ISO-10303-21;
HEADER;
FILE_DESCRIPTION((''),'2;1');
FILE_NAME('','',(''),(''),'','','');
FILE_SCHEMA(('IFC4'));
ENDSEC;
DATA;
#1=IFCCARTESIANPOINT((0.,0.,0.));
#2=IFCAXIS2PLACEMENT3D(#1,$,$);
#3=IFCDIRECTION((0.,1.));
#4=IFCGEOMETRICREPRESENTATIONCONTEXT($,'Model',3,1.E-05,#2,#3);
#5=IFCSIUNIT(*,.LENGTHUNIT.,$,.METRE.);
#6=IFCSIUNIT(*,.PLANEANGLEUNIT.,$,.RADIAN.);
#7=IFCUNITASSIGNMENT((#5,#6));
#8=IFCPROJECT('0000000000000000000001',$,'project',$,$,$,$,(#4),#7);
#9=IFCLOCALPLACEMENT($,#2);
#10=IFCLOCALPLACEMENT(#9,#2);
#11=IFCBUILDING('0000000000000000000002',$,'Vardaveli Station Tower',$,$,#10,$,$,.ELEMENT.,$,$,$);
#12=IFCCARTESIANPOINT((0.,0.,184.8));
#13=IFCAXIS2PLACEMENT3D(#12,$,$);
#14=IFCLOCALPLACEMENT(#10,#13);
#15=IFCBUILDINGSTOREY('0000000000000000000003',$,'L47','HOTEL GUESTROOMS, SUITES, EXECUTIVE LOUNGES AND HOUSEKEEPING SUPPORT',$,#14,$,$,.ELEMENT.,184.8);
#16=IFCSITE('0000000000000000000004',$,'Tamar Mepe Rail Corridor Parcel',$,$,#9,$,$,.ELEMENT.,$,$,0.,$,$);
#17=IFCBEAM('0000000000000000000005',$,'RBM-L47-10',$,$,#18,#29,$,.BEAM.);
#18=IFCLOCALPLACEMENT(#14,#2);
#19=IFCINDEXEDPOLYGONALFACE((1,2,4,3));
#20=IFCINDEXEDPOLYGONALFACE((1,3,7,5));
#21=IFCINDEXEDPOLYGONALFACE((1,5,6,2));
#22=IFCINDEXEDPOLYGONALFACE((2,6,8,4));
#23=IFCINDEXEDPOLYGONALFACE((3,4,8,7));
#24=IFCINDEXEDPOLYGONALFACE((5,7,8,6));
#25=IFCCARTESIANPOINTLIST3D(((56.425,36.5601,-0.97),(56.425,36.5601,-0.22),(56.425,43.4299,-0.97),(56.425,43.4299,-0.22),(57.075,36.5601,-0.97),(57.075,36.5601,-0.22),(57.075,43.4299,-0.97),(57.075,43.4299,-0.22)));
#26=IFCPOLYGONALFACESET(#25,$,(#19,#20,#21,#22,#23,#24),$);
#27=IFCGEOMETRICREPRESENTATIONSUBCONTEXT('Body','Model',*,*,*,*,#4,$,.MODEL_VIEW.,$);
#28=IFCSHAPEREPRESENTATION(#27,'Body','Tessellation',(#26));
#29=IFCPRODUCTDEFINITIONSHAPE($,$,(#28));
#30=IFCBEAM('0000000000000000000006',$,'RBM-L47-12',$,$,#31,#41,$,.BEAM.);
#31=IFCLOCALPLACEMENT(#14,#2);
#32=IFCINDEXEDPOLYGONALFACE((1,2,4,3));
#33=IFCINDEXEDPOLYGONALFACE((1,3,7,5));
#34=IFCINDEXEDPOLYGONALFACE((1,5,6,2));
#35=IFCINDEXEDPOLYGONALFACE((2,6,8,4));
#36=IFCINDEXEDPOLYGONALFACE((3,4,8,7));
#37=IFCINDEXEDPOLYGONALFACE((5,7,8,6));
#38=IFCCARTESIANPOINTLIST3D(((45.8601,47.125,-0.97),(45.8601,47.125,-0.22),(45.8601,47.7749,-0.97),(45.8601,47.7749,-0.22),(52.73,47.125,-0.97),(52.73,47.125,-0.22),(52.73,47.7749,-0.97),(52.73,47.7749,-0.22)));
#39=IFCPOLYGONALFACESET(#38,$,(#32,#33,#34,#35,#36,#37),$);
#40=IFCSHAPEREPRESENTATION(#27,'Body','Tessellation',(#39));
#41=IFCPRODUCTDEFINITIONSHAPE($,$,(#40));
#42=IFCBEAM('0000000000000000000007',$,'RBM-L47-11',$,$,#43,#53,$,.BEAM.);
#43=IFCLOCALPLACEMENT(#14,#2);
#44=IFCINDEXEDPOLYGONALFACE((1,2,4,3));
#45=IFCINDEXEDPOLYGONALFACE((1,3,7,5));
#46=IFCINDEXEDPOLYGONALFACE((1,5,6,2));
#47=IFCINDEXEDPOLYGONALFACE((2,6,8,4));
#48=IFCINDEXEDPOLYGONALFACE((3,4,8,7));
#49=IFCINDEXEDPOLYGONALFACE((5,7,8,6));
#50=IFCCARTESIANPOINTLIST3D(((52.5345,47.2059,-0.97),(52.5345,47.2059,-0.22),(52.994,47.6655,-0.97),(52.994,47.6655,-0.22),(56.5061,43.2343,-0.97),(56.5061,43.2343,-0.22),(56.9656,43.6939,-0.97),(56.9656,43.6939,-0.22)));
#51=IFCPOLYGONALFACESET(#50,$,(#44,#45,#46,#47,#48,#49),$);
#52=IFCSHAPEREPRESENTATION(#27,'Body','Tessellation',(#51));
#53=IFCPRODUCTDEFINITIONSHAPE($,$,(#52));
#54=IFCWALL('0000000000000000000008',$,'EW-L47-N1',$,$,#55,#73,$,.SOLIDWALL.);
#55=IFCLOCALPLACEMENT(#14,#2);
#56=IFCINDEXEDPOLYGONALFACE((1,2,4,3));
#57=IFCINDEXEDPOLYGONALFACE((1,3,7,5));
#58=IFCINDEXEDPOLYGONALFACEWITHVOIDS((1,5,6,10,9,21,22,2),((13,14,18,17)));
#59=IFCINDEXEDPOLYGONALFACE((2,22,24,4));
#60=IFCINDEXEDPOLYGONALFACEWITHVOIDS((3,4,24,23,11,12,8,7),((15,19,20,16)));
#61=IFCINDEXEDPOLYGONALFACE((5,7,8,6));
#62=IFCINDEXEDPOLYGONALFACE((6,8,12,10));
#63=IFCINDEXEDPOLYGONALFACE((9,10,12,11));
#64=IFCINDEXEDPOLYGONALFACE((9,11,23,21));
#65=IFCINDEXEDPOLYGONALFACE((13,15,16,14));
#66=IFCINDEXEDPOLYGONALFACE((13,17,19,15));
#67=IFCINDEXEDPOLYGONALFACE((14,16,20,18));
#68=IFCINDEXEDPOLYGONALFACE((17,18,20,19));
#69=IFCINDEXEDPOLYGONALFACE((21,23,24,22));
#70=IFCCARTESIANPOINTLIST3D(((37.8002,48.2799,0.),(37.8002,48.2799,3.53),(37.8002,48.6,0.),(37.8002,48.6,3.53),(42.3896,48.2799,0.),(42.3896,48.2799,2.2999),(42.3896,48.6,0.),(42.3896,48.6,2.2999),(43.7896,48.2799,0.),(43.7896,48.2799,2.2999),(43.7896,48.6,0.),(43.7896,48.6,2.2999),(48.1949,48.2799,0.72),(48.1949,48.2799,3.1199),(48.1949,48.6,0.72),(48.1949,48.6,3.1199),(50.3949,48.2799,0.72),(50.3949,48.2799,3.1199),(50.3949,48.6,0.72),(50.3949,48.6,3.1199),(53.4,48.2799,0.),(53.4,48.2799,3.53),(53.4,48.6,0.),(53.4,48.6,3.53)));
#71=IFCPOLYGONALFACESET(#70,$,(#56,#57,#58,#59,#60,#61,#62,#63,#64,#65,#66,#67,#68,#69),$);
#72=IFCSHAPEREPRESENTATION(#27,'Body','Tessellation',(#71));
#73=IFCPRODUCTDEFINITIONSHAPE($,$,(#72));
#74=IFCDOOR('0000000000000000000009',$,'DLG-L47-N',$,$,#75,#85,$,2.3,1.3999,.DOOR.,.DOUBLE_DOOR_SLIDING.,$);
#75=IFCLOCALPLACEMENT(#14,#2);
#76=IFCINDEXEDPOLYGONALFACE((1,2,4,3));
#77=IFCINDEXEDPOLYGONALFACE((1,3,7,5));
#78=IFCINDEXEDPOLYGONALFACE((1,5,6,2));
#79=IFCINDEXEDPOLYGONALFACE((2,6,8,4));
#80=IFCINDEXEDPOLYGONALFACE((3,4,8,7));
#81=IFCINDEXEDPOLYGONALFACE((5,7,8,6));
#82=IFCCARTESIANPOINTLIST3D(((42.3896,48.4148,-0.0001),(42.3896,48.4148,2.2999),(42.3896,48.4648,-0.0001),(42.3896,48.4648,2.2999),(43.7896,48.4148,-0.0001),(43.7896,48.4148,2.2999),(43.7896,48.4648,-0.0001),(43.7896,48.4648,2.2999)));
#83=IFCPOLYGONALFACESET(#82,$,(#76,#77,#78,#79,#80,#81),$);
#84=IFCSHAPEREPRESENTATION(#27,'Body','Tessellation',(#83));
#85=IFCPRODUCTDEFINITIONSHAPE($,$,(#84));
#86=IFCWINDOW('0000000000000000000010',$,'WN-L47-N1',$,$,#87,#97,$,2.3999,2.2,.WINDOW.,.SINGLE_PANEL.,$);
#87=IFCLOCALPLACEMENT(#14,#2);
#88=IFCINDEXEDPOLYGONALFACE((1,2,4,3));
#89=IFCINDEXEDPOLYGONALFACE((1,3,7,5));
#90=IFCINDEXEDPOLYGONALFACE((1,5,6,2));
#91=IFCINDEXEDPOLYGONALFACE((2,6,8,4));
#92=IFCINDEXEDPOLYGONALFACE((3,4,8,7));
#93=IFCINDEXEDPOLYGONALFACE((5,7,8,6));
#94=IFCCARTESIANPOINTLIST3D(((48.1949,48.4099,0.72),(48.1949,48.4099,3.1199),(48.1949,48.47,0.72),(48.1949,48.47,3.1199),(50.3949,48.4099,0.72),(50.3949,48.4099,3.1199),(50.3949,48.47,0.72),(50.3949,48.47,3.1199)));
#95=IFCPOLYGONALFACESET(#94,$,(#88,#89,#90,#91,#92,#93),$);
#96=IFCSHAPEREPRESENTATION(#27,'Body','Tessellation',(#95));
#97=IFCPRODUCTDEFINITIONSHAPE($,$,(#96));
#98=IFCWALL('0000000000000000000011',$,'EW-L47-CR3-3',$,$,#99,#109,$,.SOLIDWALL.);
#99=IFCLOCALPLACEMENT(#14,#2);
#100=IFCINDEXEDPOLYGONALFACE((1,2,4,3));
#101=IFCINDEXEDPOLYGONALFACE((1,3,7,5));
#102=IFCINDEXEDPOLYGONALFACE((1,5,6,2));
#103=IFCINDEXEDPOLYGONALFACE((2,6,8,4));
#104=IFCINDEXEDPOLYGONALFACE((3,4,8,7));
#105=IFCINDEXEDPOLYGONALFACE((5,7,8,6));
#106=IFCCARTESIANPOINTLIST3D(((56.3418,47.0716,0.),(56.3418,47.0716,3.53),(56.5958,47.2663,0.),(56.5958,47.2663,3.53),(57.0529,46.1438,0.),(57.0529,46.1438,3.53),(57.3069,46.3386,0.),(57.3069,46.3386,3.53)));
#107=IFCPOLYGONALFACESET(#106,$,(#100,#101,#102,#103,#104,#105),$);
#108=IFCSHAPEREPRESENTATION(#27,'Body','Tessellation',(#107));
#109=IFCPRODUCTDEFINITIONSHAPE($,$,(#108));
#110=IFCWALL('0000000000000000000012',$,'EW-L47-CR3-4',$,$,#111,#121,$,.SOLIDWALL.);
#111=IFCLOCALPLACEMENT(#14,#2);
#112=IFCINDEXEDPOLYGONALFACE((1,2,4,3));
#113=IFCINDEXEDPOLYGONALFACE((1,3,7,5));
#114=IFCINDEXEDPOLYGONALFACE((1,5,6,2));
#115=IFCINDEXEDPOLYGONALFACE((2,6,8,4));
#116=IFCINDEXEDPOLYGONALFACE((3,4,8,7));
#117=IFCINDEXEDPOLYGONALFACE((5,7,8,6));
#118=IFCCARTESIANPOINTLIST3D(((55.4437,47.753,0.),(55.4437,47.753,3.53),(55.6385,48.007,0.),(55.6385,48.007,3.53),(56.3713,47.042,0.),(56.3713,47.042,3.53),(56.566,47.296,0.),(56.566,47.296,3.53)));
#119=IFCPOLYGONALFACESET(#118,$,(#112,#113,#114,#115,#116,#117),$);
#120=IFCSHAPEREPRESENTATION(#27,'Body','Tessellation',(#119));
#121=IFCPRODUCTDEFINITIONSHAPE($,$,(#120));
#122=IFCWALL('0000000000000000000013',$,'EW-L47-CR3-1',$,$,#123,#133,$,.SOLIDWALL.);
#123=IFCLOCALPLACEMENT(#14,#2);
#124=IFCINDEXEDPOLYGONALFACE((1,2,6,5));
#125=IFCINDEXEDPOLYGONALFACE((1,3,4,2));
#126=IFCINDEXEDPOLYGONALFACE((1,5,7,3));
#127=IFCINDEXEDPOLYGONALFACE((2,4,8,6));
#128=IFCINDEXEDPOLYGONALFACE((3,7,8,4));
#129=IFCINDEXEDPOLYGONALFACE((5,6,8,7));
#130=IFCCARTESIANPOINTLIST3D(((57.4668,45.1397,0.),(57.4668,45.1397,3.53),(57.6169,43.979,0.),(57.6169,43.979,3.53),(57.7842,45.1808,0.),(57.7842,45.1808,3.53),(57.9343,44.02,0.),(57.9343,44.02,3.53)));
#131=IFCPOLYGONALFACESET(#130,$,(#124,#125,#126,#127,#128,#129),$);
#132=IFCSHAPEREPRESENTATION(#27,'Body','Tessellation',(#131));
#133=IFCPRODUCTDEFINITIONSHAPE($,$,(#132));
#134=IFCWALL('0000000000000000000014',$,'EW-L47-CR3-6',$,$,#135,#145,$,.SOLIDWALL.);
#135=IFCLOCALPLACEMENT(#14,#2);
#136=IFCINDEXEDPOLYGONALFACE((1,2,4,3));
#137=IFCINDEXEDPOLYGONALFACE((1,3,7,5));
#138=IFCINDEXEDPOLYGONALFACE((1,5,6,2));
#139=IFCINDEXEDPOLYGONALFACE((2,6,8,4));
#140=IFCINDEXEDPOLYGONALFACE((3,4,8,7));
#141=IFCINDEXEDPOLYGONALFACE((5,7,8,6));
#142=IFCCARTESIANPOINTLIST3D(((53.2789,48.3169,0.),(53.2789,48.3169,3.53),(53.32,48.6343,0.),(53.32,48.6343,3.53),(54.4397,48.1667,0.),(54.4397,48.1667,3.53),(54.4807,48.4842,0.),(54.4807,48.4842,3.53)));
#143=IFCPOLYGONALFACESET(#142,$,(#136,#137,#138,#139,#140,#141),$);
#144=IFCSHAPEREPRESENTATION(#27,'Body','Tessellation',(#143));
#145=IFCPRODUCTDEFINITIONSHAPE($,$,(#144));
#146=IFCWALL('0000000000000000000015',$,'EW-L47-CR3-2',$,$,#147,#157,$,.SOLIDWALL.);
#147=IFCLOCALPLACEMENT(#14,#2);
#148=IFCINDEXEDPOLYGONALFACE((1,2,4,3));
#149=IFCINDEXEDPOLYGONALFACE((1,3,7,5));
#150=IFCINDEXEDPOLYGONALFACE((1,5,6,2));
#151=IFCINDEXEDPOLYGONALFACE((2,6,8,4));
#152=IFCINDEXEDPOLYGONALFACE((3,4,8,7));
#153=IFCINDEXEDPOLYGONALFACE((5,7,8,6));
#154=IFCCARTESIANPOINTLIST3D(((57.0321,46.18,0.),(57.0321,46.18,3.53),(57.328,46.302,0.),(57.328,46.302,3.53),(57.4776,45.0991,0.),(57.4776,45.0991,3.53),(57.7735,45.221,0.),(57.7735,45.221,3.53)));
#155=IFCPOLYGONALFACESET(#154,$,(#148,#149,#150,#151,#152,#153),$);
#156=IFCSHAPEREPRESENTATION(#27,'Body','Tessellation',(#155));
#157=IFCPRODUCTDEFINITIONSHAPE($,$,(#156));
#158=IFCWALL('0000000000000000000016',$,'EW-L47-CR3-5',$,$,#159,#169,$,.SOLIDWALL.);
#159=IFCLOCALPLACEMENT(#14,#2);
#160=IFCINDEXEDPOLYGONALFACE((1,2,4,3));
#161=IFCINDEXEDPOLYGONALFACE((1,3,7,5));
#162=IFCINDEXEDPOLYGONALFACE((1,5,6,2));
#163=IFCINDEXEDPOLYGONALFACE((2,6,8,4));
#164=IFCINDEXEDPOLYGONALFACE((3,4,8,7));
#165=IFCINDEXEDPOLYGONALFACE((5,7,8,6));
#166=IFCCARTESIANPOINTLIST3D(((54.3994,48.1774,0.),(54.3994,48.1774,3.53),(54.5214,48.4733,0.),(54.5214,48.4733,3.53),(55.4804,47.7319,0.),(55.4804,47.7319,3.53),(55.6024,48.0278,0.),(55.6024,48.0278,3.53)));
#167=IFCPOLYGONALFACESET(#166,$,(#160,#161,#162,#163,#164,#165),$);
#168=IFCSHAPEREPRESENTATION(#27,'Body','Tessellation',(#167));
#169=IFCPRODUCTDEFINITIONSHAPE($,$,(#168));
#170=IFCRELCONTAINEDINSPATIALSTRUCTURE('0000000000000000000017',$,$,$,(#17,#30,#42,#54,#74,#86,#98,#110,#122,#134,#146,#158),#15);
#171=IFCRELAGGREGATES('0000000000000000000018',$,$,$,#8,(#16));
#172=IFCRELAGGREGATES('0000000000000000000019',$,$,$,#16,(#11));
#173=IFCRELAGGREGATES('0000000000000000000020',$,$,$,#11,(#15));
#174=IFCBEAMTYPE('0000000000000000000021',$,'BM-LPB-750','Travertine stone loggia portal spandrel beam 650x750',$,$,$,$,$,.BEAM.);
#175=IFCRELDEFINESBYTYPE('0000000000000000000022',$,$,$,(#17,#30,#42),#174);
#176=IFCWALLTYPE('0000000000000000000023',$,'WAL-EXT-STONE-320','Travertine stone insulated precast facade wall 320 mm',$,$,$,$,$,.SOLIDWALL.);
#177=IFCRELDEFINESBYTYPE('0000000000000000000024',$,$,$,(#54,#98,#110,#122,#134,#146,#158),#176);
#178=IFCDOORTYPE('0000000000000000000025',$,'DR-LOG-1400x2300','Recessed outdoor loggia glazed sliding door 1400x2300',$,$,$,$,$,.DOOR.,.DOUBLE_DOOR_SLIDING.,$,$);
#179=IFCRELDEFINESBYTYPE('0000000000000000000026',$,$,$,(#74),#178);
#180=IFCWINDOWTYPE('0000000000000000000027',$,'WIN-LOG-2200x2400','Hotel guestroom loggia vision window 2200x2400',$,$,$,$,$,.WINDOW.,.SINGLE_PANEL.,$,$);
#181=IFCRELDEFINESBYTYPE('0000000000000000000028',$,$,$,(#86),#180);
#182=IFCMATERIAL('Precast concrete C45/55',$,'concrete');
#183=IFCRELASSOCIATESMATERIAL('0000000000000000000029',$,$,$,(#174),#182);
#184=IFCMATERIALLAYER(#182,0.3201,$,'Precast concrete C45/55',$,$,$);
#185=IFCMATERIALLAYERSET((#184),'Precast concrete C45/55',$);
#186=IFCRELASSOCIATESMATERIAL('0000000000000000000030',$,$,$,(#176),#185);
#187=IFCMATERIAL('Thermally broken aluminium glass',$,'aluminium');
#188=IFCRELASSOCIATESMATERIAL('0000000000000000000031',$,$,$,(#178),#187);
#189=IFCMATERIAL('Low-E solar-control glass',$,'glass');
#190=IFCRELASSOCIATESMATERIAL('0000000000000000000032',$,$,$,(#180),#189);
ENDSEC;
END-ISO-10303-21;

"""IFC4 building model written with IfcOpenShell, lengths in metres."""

from ifc_helpers import new_model, si_unit, direction, frame, frame_2d, origin, origin_2d, place, context, subcontext, project, spatial, rectangle, extrude, source, transform, mapped, material, layer, layer_set, material_profile, profile_set, type_object, element, fill, save


model = new_model("IFC4")

# Units and contexts
model_context = context("Model", 3, precision=1e-05, world=origin(), true_north=direction((0.0, 1.0)))
body_context = subcontext(model_context, "Body", "Model", "MODEL_VIEW")
ifc_project = project(units=[si_unit("LENGTHUNIT", "METRE"), si_unit("PLANEANGLEUNIT", "RADIAN")], contexts=[model_context])

# Site, building, storey
site_placement = place(None, origin())
site = spatial("IfcSite", under=ifc_project, at=site_placement, Name="Tamar Mepe Rail Corridor Parcel", CompositionType="ELEMENT", RefElevation=0.0)
building_placement = place(site_placement, origin())
building = spatial("IfcBuilding", under=site, at=building_placement, Name="Vardaveli Station Tower", CompositionType="ELEMENT")
storey_placement = place(building_placement, frame((0.0, 0.0, 184.8)))
storey = spatial("IfcBuildingStorey", under=building, at=storey_placement, Name="L47", Description="HOTEL GUESTROOMS, SUITES, EXECUTIVE LOUNGES AND HOUSEKEEPING SUPPORT", CompositionType="ELEMENT", Elevation=184.8)

# Beams
ifc_material_1 = material(Name="Precast concrete C45/55", Category="concrete")
ifc_material_profile_1 = material_profile(ifc_material_1, rectangle(XDim=0.6499, YDim=0.75, at=origin_2d()), Name="LPB 650x750")
ifc_profile_set_1 = profile_set([ifc_material_profile_1], Name="Precast concrete C45/55")
beam_type = type_object("IfcBeamType", Name="BM-LPB-750", Description="Travertine stone loggia portal spandrel beam 650x750", PredefinedType="BEAM", material=ifc_profile_set_1)
shared_shape_1 = source(origin(), body_context, "Body", "SweptSolid", [
    extrude(rectangle(XDim=0.6499, YDim=0.75, at=origin_2d()), origin(), (0.0, 0.0, 1.0), 6.8699),
])
for number, where, z_axis, x_axis, name in (
    (1, (56.75, 36.5601, -0.595), (0.0, 1.0, 0.0), (-1.0, 0.0, 0.0), "RBM-L47-10"),
    (2, (52.73, 47.45, -0.595), (-1.0, 0.0, 0.0), (0.0, -1.0, 0.0), "RBM-L47-12"),
):
    element("IfcBeam", number, at=place(storey_placement, frame(where, z_axis=z_axis, x_axis=x_axis)), inside=storey, type_object=beam_type, Name=name, PredefinedType="BEAM", context=body_context, shape_type="MappedRepresentation", body=[
        mapped(shared_shape_1, transform((0.0, 0.0, 0.0), scale=1.0)),
    ])
shared_shape_2 = source(origin(), body_context, "Body", "SweptSolid", [
    extrude(rectangle(XDim=0.6499, YDim=0.75, at=origin_2d()), origin(), (0.0, 0.0, 1.0), 5.6167),
])
beam_1_placement = place(storey_placement, frame((56.7358, 43.4641, -0.595), z_axis=(-0.707107, 0.707107, 0.0), x_axis=(-0.707107, -0.707107, 0.0)))
element("IfcBeam", 3, at=beam_1_placement, inside=storey, type_object=beam_type, Name="RBM-L47-11", PredefinedType="BEAM", context=body_context, shape_type="MappedRepresentation", body=[
    mapped(shared_shape_2, transform((0.0, 0.0, 0.0), scale=1.0)),
])

# Wall, openings, door, window
ifc_layer_1 = layer(ifc_material_1, 0.3201, Name="Precast concrete C45/55")
ifc_layer_set_1 = layer_set([ifc_layer_1], Name="Precast concrete C45/55")
wall_type_1 = type_object("IfcWallType", Name="WAL-EXT-STONE-320", Description="Travertine stone insulated precast facade wall 320 mm", PredefinedType="SOLIDWALL", material=ifc_layer_set_1)
shared_shape_3 = source(origin(), body_context, "Body", "SweptSolid", [
    extrude(rectangle(XDim=15.5999, YDim=0.3201, at=frame_2d((7.7998, 0.0))), origin(), (0.0, 0.0, 1.0), 3.53),
])
wall_1_placement = place(storey_placement, frame((53.3999, 48.4399, 0.0), z_axis=(0.0, 0.0, 1.0), x_axis=(-1.0, 0.0, 0.0)))
wall_1 = element("IfcWall", 4, at=wall_1_placement, inside=storey, type_object=wall_type_1, Name="EW-L47-N1", PredefinedType="SOLIDWALL", context=body_context, shape_type="MappedRepresentation", body=[
    mapped(shared_shape_3, transform((0.0, 0.0, 0.0), scale=1.0)),
])
shared_shape_4 = source(origin(), body_context, "Body", "SweptSolid", [
    extrude(rectangle(XDim=1.3999, YDim=2.3, at=frame_2d((0.7, 1.1499))), frame((0.0, 0.1699, 0.0), z_axis=(0.0, -1.0, 0.0), x_axis=(1.0, 0.0, 0.0)), (0.0, 0.0, 1.0), 0.3401),
])
opening_1_placement = place(wall_1_placement, frame((9.6104, 0.0, 0.0)))
opening_1 = element("IfcOpeningElement", 5, at=opening_1_placement, cuts=wall_1, PredefinedType="OPENING", context=body_context, shape_type="MappedRepresentation", body=[
    mapped(shared_shape_4, transform((0.0, 0.0, 0.0), scale=1.0)),
])
shared_shape_5 = source(origin(), body_context, "Body", "SweptSolid", [
    extrude(rectangle(XDim=2.2, YDim=2.3999, at=frame_2d((1.1001, 1.2))), frame((0.0, 0.1699, 0.0), z_axis=(0.0, -1.0, 0.0), x_axis=(1.0, 0.0, 0.0)), (0.0, 0.0, 1.0), 0.3401),
])
opening_2_placement = place(wall_1_placement, frame((3.0049, 0.0, 0.72)))
opening_2 = element("IfcOpeningElement", 6, at=opening_2_placement, cuts=wall_1, PredefinedType="OPENING", context=body_context, shape_type="MappedRepresentation", body=[
    mapped(shared_shape_5, transform((0.0, 0.0, 0.0), scale=1.0)),
])
ifc_material_2 = material(Name="Thermally broken aluminium glass", Category="aluminium")
door_type = type_object("IfcDoorType", Name="DR-LOG-1400x2300", Description="Recessed outdoor loggia glazed sliding door 1400x2300", OperationType="DOUBLE_DOOR_SLIDING", PredefinedType="DOOR", material=ifc_material_2)
shared_shape_6 = source(origin(), body_context, "Body", "SweptSolid", [
    extrude(rectangle(XDim=1.3999, YDim=2.3, at=frame_2d((0.7, 1.1499))), frame((0.0, 0.0249, 0.0), z_axis=(0.0, -1.0, 0.0), x_axis=(1.0, 0.0, 0.0)), (0.0, 0.0, 1.0), 0.05),
])
door_placement = place(opening_1_placement, frame((1.3999, 0.0, 0.0), z_axis=(0.0, 0.0, 1.0), x_axis=(-1.0, 0.0, 0.0)))
door = element("IfcDoor", 7, at=door_placement, inside=storey, type_object=door_type, Name="DLG-L47-N", OperationType="DOUBLE_DOOR_SLIDING", OverallHeight=2.3, OverallWidth=1.3999, PredefinedType="DOOR", context=body_context, shape_type="MappedRepresentation", body=[
    mapped(shared_shape_6, transform((0.0, 0.0, 0.0), scale=1.0)),
])
fill(opening_1, door)
ifc_material_3 = material(Name="Low-E solar-control glass", Category="glass")
window_type = type_object("IfcWindowType", Name="WIN-LOG-2200x2400", Description="Hotel guestroom loggia vision window 2200x2400", PartitioningType="SINGLE_PANEL", PredefinedType="WINDOW", material=ifc_material_3)
shared_shape_7 = source(origin(), body_context, "Body", "SweptSolid", [
    extrude(rectangle(XDim=2.2, YDim=2.3999, at=frame_2d((1.1001, 1.2))), frame((0.0, 0.03, 0.0), z_axis=(0.0, -1.0, 0.0), x_axis=(1.0, 0.0, 0.0)), (0.0, 0.0, 1.0), 0.0601),
])
window_placement = place(opening_2_placement, origin())
window = element("IfcWindow", 8, at=window_placement, inside=storey, type_object=window_type, Name="WN-L47-N1", OverallHeight=2.3999, OverallWidth=2.2, PartitioningType="SINGLE_PANEL", PredefinedType="WINDOW", context=body_context, shape_type="MappedRepresentation", body=[
    mapped(shared_shape_7, transform((0.0, 0.0, 0.0), scale=1.0)),
])
fill(opening_2, window)

# Walls
shared_shape_8 = source(origin(), body_context, "Body", "SweptSolid", [
    extrude(rectangle(XDim=1.1689, YDim=0.3201, at=frame_2d((0.5845, 0.0))), origin(), (0.0, 0.0, 1.0), 3.53),
])
wall_2_placement = place(storey_placement, frame((57.1799, 46.2412, 0.0), z_axis=(0.0, 0.0, 1.0), x_axis=(-0.608388, 0.79364, 0.0)))
element("IfcWall", 9, at=wall_2_placement, inside=storey, type_object=wall_type_1, Name="EW-L47-CR3-3", PredefinedType="SOLIDWALL", context=body_context, shape_type="MappedRepresentation", body=[
    mapped(shared_shape_8, transform((0.0, 0.0, 0.0), scale=1.0)),
])
shared_shape_9 = source(origin(), body_context, "Body", "SweptSolid", [
    extrude(rectangle(XDim=1.1687, YDim=0.3201, at=frame_2d((0.5845, 0.0))), origin(), (0.0, 0.0, 1.0), 3.53),
])
wall_3_placement = place(storey_placement, frame((56.4688, 47.1689, 0.0), z_axis=(0.0, 0.0, 1.0), x_axis=(-0.793664, 0.608357, 0.0)))
element("IfcWall", 10, at=wall_3_placement, inside=storey, type_object=wall_type_1, Name="EW-L47-CR3-4", PredefinedType="SOLIDWALL", context=body_context, shape_type="MappedRepresentation", body=[
    mapped(shared_shape_9, transform((0.0, 0.0, 0.0), scale=1.0)),
])
shared_shape_10 = source(origin(), body_context, "Body", "SweptSolid", [
    extrude(rectangle(XDim=1.1704, YDim=0.3201, at=frame_2d((0.5852, 0.0))), origin(), (0.0, 0.0, 1.0), 3.53),
])
for number, where, z_axis, x_axis, name in (
    (11, (57.7756, 43.9995, 0.0), (0.0, 0.0, 1.0), (-0.128296, 0.991736, 0.0), "EW-L47-CR3-1"),
    (12, (54.4602, 48.3254, 0.0), (0.0, 0.0, 1.0), (-0.991736, 0.128296, 0.0), "EW-L47-CR3-6"),
):
    element("IfcWall", number, at=place(storey_placement, frame(where, z_axis=z_axis, x_axis=x_axis)), inside=storey, type_object=wall_type_1, Name=name, PredefinedType="SOLIDWALL", context=body_context, shape_type="MappedRepresentation", body=[
        mapped(shared_shape_10, transform((0.0, 0.0, 0.0), scale=1.0)),
    ])
shared_shape_11 = source(origin(), body_context, "Body", "SweptSolid", [
    extrude(rectangle(XDim=1.1692, YDim=0.3201, at=frame_2d((0.5845, 0.0))), origin(), (0.0, 0.0, 1.0), 3.53),
])
for number, where, z_axis, x_axis, name in (
    (13, (57.6255, 45.1602, 0.0), (0.0, 0.0, 1.0), (-0.381054, 0.924553, 0.0), "EW-L47-CR3-2"),
    (14, (55.5413, 47.8799, 0.0), (0.0, 0.0, 1.0), (-0.924553, 0.381054, 0.0), "EW-L47-CR3-5"),
):
    element("IfcWall", number, at=place(storey_placement, frame(where, z_axis=z_axis, x_axis=x_axis)), inside=storey, type_object=wall_type_1, Name=name, PredefinedType="SOLIDWALL", context=body_context, shape_type="MappedRepresentation", body=[
        mapped(shared_shape_11, transform((0.0, 0.0, 0.0), scale=1.0)),
    ])

save(model, "model.ifc")
